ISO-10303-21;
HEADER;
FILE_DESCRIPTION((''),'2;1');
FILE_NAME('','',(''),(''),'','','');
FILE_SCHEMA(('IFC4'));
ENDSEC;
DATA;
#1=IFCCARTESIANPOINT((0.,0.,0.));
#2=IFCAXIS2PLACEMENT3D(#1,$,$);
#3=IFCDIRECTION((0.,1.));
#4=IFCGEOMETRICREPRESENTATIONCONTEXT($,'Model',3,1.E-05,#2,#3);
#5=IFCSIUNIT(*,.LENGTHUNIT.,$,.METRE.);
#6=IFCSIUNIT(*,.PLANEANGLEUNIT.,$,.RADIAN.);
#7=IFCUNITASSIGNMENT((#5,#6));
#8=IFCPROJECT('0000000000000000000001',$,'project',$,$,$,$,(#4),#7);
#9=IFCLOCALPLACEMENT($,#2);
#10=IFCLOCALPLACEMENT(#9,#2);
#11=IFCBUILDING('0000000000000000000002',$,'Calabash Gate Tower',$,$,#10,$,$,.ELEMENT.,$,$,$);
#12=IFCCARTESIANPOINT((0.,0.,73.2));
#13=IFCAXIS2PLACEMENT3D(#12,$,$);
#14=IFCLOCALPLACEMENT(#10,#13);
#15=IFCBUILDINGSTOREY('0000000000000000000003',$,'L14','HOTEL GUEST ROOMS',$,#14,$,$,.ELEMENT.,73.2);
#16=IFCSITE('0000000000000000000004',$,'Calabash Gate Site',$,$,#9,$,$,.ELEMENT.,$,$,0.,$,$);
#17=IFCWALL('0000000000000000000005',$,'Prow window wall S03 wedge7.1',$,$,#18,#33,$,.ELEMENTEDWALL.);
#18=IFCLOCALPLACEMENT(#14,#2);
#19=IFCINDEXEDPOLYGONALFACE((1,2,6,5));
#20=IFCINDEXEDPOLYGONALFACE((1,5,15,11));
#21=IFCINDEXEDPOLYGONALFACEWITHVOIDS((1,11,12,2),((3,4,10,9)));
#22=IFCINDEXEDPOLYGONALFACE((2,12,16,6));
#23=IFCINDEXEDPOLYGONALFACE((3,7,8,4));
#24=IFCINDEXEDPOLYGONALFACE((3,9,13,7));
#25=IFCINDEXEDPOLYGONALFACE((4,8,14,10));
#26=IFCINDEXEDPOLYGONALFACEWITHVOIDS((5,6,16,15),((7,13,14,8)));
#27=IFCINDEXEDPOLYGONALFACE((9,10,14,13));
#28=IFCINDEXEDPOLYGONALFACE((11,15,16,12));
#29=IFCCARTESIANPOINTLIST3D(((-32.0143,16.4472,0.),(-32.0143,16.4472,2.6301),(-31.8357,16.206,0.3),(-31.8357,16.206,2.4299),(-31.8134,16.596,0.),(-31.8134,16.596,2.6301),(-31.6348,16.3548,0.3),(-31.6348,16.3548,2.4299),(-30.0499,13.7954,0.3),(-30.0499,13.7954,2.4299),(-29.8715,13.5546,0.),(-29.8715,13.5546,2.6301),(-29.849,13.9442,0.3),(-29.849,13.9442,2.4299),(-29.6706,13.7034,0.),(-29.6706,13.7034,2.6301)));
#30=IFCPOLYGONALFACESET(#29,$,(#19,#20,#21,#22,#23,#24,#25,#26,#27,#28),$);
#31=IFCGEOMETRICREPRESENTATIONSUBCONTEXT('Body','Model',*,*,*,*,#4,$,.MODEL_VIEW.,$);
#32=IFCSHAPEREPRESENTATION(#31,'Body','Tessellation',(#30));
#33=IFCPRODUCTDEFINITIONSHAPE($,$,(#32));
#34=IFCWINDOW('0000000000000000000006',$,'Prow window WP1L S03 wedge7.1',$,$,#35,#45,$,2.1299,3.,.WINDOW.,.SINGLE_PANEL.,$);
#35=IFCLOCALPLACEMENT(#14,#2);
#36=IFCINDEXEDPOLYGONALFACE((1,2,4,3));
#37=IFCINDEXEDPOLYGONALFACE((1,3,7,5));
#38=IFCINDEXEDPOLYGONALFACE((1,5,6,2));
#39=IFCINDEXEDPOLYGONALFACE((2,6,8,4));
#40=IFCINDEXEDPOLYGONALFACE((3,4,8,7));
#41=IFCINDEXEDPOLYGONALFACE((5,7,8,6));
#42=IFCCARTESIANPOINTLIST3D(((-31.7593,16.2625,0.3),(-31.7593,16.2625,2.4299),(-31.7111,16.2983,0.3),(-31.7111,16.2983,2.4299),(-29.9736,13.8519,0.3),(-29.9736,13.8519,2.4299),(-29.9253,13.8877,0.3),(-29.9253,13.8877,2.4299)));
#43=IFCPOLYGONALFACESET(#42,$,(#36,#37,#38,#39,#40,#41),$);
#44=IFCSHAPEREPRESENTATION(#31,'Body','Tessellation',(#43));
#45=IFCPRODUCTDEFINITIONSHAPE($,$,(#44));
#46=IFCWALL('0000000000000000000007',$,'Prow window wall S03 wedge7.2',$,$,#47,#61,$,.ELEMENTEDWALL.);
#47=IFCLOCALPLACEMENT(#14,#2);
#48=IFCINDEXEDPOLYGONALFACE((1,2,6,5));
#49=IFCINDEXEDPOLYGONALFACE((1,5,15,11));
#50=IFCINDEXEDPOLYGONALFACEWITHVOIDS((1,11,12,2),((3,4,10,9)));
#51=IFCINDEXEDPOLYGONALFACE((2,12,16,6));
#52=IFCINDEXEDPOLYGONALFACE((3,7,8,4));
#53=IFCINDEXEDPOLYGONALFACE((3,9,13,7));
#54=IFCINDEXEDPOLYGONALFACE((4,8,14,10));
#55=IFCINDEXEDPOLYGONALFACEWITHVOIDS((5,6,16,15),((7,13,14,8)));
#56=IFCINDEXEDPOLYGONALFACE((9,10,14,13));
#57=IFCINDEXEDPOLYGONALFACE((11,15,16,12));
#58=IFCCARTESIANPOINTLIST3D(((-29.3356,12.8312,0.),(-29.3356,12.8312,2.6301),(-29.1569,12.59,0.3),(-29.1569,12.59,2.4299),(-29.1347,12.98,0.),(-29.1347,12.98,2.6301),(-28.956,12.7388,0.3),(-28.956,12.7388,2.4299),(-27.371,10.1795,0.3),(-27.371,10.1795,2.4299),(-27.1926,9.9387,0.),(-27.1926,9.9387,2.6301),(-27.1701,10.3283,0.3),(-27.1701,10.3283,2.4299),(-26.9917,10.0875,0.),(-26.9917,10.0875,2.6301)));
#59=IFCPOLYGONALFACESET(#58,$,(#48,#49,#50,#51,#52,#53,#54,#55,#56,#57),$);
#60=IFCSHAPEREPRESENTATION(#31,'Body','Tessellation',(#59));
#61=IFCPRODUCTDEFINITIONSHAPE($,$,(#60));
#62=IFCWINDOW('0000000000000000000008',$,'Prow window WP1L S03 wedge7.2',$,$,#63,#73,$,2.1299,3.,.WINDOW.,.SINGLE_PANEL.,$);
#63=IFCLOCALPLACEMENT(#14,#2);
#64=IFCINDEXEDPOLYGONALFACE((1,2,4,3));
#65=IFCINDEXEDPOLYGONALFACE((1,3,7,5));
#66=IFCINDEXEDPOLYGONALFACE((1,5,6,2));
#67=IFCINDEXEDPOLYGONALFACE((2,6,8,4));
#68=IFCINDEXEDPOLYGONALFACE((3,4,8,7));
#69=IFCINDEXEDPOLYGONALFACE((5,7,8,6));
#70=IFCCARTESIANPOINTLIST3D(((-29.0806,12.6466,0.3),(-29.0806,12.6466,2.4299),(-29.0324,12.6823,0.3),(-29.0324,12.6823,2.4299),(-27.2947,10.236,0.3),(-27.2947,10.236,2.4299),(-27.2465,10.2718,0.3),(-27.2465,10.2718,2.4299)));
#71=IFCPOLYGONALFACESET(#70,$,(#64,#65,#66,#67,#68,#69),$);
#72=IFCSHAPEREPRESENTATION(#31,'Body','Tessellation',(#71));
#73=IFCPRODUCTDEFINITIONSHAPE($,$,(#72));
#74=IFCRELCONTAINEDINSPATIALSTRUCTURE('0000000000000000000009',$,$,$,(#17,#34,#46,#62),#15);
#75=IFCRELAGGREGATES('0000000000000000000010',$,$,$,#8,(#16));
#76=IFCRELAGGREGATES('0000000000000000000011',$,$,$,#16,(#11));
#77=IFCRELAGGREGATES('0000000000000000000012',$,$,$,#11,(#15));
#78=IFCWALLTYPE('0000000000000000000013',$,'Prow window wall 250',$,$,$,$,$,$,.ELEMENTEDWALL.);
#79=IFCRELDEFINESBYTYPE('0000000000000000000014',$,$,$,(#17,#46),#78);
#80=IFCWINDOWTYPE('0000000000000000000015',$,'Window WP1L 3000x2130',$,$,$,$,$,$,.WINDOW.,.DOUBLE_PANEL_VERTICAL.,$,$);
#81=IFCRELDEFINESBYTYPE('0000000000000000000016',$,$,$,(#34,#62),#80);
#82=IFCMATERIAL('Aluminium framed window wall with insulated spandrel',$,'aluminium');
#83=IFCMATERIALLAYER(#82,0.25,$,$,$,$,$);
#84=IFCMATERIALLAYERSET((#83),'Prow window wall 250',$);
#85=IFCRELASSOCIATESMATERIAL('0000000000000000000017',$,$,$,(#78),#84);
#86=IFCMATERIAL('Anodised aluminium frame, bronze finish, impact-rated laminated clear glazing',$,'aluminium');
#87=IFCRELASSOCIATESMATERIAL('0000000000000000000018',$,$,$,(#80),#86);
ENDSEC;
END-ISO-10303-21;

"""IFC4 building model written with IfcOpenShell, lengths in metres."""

from ifc_helpers import new_model, si_unit, direction, frame, frame_2d, origin, place, context, subcontext, project, spatial, rectangle, extrude, material, layer, layer_set, type_object, element, fill, save


model = new_model("IFC4")

# Units and contexts
model_context = context("Model", 3, precision=1e-05, world=origin(), true_north=direction((0.0, 1.0)))
body_context = subcontext(model_context, "Body", "Model", "MODEL_VIEW")
ifc_project = project(units=[si_unit("LENGTHUNIT", "METRE"), si_unit("PLANEANGLEUNIT", "RADIAN")], contexts=[model_context])

# Site, building, storey
site_placement = place(None, origin())
site = spatial("IfcSite", under=ifc_project, at=site_placement, Name="Calabash Gate Site", CompositionType="ELEMENT", RefElevation=0.0)
building_placement = place(site_placement, origin())
building = spatial("IfcBuilding", under=site, at=building_placement, Name="Calabash Gate Tower", CompositionType="ELEMENT")
storey_placement = place(building_placement, frame((0.0, 0.0, 73.2)))
storey = spatial("IfcBuildingStorey", under=building, at=storey_placement, Name="L14", Description="HOTEL GUEST ROOMS", CompositionType="ELEMENT", Elevation=73.2)

# Walls, openings, windows
ifc_material_1 = material(Name="Aluminium framed window wall with insulated spandrel", Category="aluminium")
ifc_layer_1 = layer(ifc_material_1, 0.25)
ifc_layer_set_1 = layer_set([ifc_layer_1], Name="Prow window wall 250")
wall_type_1 = type_object("IfcWallType", Name="Prow window wall 250", PredefinedType="ELEMENTEDWALL", material=ifc_layer_set_1)
ifc_material_2 = material(Name="Anodised aluminium frame, bronze finish, impact-rated laminated clear glazing", Category="aluminium")
window_type = type_object("IfcWindowType", Name="Window WP1L 3000x2130", PartitioningType="DOUBLE_PANEL_VERTICAL", PredefinedType="WINDOW", material=ifc_material_2)
wall_1_placement = place(storey_placement, frame((-31.9138, 16.5215, 0.0), z_axis=(0.0, 0.0, 1.0), x_axis=(0.595258, -0.803534, 0.0)))
wall_1 = element("IfcWall", 1, at=wall_1_placement, inside=storey, type_object=wall_type_1, Name="Prow window wall S03 wedge7.1", PredefinedType="ELEMENTEDWALL", context=body_context, shape_type="SweptSolid", body=[
    extrude(rectangle(XDim=3.5999, YDim=0.25, at=frame_2d((1.7998, 0.0))), origin(), (0.0, 0.0, 1.0), 2.6301),
])
opening_1_placement = place(wall_1_placement, frame((0.3, 0.0, 0.3)))
opening_1 = element("IfcOpeningElement", 2, at=opening_1_placement, cuts=wall_1, PredefinedType="OPENING", context=body_context, shape_type="SweptSolid", body=[
    extrude(rectangle(XDim=3.0, YDim=2.1299, at=frame_2d((1.5, 1.0649))), frame((0.0, 0.135, 0.0), z_axis=(0.0, -1.0, 0.0), x_axis=(1.0, 0.0, 0.0)), (0.0, 0.0, 1.0), 0.27),
])
window_1_placement = place(opening_1_placement, origin())
window_1 = element("IfcWindow", 3, at=window_1_placement, inside=storey, type_object=window_type, Name="Prow window WP1L S03 wedge7.1", OverallHeight=2.1299, OverallWidth=3.0, PartitioningType="SINGLE_PANEL", PredefinedType="WINDOW", context=body_context, shape_type="SweptSolid", body=[
    extrude(rectangle(XDim=3.0, YDim=2.1299, at=frame_2d((1.5, 1.0649))), frame((0.0, 0.03, 0.0), z_axis=(0.0, -1.0, 0.0), x_axis=(1.0, 0.0, 0.0)), (0.0, 0.0, 1.0), 0.0601),
])
fill(opening_1, window_1)
wall_2_placement = place(storey_placement, frame((-29.2351, 12.9055, 0.0), z_axis=(0.0, 0.0, 1.0), x_axis=(0.595302, -0.803502, 0.0)))
wall_2 = element("IfcWall", 4, at=wall_2_placement, inside=storey, type_object=wall_type_1, Name="Prow window wall S03 wedge7.2", PredefinedType="ELEMENTEDWALL", context=body_context, shape_type="SweptSolid", body=[
    extrude(rectangle(XDim=3.5999, YDim=0.25, at=frame_2d((1.7998, 0.0))), origin(), (0.0, 0.0, 1.0), 2.6301),
])
opening_2_placement = place(wall_2_placement, frame((0.3, 0.0, 0.3)))
opening_2 = element("IfcOpeningElement", 5, at=opening_2_placement, cuts=wall_2, PredefinedType="OPENING", context=body_context, shape_type="SweptSolid", body=[
    extrude(rectangle(XDim=3.0, YDim=2.1299, at=frame_2d((1.5, 1.0649))), frame((0.0, 0.135, 0.0), z_axis=(0.0, -1.0, 0.0), x_axis=(1.0, 0.0, 0.0)), (0.0, 0.0, 1.0), 0.27),
])
window_2_placement = place(opening_2_placement, origin())
window_2 = element("IfcWindow", 6, at=window_2_placement, inside=storey, type_object=window_type, Name="Prow window WP1L S03 wedge7.2", OverallHeight=2.1299, OverallWidth=3.0, PartitioningType="SINGLE_PANEL", PredefinedType="WINDOW", context=body_context, shape_type="SweptSolid", body=[
    extrude(rectangle(XDim=3.0, YDim=2.1299, at=frame_2d((1.5, 1.0649))), frame((0.0, 0.03, 0.0), z_axis=(0.0, -1.0, 0.0), x_axis=(1.0, 0.0, 0.0)), (0.0, 0.0, 1.0), 0.0601),
])
fill(opening_2, window_2)

save(model, "model.ifc")
